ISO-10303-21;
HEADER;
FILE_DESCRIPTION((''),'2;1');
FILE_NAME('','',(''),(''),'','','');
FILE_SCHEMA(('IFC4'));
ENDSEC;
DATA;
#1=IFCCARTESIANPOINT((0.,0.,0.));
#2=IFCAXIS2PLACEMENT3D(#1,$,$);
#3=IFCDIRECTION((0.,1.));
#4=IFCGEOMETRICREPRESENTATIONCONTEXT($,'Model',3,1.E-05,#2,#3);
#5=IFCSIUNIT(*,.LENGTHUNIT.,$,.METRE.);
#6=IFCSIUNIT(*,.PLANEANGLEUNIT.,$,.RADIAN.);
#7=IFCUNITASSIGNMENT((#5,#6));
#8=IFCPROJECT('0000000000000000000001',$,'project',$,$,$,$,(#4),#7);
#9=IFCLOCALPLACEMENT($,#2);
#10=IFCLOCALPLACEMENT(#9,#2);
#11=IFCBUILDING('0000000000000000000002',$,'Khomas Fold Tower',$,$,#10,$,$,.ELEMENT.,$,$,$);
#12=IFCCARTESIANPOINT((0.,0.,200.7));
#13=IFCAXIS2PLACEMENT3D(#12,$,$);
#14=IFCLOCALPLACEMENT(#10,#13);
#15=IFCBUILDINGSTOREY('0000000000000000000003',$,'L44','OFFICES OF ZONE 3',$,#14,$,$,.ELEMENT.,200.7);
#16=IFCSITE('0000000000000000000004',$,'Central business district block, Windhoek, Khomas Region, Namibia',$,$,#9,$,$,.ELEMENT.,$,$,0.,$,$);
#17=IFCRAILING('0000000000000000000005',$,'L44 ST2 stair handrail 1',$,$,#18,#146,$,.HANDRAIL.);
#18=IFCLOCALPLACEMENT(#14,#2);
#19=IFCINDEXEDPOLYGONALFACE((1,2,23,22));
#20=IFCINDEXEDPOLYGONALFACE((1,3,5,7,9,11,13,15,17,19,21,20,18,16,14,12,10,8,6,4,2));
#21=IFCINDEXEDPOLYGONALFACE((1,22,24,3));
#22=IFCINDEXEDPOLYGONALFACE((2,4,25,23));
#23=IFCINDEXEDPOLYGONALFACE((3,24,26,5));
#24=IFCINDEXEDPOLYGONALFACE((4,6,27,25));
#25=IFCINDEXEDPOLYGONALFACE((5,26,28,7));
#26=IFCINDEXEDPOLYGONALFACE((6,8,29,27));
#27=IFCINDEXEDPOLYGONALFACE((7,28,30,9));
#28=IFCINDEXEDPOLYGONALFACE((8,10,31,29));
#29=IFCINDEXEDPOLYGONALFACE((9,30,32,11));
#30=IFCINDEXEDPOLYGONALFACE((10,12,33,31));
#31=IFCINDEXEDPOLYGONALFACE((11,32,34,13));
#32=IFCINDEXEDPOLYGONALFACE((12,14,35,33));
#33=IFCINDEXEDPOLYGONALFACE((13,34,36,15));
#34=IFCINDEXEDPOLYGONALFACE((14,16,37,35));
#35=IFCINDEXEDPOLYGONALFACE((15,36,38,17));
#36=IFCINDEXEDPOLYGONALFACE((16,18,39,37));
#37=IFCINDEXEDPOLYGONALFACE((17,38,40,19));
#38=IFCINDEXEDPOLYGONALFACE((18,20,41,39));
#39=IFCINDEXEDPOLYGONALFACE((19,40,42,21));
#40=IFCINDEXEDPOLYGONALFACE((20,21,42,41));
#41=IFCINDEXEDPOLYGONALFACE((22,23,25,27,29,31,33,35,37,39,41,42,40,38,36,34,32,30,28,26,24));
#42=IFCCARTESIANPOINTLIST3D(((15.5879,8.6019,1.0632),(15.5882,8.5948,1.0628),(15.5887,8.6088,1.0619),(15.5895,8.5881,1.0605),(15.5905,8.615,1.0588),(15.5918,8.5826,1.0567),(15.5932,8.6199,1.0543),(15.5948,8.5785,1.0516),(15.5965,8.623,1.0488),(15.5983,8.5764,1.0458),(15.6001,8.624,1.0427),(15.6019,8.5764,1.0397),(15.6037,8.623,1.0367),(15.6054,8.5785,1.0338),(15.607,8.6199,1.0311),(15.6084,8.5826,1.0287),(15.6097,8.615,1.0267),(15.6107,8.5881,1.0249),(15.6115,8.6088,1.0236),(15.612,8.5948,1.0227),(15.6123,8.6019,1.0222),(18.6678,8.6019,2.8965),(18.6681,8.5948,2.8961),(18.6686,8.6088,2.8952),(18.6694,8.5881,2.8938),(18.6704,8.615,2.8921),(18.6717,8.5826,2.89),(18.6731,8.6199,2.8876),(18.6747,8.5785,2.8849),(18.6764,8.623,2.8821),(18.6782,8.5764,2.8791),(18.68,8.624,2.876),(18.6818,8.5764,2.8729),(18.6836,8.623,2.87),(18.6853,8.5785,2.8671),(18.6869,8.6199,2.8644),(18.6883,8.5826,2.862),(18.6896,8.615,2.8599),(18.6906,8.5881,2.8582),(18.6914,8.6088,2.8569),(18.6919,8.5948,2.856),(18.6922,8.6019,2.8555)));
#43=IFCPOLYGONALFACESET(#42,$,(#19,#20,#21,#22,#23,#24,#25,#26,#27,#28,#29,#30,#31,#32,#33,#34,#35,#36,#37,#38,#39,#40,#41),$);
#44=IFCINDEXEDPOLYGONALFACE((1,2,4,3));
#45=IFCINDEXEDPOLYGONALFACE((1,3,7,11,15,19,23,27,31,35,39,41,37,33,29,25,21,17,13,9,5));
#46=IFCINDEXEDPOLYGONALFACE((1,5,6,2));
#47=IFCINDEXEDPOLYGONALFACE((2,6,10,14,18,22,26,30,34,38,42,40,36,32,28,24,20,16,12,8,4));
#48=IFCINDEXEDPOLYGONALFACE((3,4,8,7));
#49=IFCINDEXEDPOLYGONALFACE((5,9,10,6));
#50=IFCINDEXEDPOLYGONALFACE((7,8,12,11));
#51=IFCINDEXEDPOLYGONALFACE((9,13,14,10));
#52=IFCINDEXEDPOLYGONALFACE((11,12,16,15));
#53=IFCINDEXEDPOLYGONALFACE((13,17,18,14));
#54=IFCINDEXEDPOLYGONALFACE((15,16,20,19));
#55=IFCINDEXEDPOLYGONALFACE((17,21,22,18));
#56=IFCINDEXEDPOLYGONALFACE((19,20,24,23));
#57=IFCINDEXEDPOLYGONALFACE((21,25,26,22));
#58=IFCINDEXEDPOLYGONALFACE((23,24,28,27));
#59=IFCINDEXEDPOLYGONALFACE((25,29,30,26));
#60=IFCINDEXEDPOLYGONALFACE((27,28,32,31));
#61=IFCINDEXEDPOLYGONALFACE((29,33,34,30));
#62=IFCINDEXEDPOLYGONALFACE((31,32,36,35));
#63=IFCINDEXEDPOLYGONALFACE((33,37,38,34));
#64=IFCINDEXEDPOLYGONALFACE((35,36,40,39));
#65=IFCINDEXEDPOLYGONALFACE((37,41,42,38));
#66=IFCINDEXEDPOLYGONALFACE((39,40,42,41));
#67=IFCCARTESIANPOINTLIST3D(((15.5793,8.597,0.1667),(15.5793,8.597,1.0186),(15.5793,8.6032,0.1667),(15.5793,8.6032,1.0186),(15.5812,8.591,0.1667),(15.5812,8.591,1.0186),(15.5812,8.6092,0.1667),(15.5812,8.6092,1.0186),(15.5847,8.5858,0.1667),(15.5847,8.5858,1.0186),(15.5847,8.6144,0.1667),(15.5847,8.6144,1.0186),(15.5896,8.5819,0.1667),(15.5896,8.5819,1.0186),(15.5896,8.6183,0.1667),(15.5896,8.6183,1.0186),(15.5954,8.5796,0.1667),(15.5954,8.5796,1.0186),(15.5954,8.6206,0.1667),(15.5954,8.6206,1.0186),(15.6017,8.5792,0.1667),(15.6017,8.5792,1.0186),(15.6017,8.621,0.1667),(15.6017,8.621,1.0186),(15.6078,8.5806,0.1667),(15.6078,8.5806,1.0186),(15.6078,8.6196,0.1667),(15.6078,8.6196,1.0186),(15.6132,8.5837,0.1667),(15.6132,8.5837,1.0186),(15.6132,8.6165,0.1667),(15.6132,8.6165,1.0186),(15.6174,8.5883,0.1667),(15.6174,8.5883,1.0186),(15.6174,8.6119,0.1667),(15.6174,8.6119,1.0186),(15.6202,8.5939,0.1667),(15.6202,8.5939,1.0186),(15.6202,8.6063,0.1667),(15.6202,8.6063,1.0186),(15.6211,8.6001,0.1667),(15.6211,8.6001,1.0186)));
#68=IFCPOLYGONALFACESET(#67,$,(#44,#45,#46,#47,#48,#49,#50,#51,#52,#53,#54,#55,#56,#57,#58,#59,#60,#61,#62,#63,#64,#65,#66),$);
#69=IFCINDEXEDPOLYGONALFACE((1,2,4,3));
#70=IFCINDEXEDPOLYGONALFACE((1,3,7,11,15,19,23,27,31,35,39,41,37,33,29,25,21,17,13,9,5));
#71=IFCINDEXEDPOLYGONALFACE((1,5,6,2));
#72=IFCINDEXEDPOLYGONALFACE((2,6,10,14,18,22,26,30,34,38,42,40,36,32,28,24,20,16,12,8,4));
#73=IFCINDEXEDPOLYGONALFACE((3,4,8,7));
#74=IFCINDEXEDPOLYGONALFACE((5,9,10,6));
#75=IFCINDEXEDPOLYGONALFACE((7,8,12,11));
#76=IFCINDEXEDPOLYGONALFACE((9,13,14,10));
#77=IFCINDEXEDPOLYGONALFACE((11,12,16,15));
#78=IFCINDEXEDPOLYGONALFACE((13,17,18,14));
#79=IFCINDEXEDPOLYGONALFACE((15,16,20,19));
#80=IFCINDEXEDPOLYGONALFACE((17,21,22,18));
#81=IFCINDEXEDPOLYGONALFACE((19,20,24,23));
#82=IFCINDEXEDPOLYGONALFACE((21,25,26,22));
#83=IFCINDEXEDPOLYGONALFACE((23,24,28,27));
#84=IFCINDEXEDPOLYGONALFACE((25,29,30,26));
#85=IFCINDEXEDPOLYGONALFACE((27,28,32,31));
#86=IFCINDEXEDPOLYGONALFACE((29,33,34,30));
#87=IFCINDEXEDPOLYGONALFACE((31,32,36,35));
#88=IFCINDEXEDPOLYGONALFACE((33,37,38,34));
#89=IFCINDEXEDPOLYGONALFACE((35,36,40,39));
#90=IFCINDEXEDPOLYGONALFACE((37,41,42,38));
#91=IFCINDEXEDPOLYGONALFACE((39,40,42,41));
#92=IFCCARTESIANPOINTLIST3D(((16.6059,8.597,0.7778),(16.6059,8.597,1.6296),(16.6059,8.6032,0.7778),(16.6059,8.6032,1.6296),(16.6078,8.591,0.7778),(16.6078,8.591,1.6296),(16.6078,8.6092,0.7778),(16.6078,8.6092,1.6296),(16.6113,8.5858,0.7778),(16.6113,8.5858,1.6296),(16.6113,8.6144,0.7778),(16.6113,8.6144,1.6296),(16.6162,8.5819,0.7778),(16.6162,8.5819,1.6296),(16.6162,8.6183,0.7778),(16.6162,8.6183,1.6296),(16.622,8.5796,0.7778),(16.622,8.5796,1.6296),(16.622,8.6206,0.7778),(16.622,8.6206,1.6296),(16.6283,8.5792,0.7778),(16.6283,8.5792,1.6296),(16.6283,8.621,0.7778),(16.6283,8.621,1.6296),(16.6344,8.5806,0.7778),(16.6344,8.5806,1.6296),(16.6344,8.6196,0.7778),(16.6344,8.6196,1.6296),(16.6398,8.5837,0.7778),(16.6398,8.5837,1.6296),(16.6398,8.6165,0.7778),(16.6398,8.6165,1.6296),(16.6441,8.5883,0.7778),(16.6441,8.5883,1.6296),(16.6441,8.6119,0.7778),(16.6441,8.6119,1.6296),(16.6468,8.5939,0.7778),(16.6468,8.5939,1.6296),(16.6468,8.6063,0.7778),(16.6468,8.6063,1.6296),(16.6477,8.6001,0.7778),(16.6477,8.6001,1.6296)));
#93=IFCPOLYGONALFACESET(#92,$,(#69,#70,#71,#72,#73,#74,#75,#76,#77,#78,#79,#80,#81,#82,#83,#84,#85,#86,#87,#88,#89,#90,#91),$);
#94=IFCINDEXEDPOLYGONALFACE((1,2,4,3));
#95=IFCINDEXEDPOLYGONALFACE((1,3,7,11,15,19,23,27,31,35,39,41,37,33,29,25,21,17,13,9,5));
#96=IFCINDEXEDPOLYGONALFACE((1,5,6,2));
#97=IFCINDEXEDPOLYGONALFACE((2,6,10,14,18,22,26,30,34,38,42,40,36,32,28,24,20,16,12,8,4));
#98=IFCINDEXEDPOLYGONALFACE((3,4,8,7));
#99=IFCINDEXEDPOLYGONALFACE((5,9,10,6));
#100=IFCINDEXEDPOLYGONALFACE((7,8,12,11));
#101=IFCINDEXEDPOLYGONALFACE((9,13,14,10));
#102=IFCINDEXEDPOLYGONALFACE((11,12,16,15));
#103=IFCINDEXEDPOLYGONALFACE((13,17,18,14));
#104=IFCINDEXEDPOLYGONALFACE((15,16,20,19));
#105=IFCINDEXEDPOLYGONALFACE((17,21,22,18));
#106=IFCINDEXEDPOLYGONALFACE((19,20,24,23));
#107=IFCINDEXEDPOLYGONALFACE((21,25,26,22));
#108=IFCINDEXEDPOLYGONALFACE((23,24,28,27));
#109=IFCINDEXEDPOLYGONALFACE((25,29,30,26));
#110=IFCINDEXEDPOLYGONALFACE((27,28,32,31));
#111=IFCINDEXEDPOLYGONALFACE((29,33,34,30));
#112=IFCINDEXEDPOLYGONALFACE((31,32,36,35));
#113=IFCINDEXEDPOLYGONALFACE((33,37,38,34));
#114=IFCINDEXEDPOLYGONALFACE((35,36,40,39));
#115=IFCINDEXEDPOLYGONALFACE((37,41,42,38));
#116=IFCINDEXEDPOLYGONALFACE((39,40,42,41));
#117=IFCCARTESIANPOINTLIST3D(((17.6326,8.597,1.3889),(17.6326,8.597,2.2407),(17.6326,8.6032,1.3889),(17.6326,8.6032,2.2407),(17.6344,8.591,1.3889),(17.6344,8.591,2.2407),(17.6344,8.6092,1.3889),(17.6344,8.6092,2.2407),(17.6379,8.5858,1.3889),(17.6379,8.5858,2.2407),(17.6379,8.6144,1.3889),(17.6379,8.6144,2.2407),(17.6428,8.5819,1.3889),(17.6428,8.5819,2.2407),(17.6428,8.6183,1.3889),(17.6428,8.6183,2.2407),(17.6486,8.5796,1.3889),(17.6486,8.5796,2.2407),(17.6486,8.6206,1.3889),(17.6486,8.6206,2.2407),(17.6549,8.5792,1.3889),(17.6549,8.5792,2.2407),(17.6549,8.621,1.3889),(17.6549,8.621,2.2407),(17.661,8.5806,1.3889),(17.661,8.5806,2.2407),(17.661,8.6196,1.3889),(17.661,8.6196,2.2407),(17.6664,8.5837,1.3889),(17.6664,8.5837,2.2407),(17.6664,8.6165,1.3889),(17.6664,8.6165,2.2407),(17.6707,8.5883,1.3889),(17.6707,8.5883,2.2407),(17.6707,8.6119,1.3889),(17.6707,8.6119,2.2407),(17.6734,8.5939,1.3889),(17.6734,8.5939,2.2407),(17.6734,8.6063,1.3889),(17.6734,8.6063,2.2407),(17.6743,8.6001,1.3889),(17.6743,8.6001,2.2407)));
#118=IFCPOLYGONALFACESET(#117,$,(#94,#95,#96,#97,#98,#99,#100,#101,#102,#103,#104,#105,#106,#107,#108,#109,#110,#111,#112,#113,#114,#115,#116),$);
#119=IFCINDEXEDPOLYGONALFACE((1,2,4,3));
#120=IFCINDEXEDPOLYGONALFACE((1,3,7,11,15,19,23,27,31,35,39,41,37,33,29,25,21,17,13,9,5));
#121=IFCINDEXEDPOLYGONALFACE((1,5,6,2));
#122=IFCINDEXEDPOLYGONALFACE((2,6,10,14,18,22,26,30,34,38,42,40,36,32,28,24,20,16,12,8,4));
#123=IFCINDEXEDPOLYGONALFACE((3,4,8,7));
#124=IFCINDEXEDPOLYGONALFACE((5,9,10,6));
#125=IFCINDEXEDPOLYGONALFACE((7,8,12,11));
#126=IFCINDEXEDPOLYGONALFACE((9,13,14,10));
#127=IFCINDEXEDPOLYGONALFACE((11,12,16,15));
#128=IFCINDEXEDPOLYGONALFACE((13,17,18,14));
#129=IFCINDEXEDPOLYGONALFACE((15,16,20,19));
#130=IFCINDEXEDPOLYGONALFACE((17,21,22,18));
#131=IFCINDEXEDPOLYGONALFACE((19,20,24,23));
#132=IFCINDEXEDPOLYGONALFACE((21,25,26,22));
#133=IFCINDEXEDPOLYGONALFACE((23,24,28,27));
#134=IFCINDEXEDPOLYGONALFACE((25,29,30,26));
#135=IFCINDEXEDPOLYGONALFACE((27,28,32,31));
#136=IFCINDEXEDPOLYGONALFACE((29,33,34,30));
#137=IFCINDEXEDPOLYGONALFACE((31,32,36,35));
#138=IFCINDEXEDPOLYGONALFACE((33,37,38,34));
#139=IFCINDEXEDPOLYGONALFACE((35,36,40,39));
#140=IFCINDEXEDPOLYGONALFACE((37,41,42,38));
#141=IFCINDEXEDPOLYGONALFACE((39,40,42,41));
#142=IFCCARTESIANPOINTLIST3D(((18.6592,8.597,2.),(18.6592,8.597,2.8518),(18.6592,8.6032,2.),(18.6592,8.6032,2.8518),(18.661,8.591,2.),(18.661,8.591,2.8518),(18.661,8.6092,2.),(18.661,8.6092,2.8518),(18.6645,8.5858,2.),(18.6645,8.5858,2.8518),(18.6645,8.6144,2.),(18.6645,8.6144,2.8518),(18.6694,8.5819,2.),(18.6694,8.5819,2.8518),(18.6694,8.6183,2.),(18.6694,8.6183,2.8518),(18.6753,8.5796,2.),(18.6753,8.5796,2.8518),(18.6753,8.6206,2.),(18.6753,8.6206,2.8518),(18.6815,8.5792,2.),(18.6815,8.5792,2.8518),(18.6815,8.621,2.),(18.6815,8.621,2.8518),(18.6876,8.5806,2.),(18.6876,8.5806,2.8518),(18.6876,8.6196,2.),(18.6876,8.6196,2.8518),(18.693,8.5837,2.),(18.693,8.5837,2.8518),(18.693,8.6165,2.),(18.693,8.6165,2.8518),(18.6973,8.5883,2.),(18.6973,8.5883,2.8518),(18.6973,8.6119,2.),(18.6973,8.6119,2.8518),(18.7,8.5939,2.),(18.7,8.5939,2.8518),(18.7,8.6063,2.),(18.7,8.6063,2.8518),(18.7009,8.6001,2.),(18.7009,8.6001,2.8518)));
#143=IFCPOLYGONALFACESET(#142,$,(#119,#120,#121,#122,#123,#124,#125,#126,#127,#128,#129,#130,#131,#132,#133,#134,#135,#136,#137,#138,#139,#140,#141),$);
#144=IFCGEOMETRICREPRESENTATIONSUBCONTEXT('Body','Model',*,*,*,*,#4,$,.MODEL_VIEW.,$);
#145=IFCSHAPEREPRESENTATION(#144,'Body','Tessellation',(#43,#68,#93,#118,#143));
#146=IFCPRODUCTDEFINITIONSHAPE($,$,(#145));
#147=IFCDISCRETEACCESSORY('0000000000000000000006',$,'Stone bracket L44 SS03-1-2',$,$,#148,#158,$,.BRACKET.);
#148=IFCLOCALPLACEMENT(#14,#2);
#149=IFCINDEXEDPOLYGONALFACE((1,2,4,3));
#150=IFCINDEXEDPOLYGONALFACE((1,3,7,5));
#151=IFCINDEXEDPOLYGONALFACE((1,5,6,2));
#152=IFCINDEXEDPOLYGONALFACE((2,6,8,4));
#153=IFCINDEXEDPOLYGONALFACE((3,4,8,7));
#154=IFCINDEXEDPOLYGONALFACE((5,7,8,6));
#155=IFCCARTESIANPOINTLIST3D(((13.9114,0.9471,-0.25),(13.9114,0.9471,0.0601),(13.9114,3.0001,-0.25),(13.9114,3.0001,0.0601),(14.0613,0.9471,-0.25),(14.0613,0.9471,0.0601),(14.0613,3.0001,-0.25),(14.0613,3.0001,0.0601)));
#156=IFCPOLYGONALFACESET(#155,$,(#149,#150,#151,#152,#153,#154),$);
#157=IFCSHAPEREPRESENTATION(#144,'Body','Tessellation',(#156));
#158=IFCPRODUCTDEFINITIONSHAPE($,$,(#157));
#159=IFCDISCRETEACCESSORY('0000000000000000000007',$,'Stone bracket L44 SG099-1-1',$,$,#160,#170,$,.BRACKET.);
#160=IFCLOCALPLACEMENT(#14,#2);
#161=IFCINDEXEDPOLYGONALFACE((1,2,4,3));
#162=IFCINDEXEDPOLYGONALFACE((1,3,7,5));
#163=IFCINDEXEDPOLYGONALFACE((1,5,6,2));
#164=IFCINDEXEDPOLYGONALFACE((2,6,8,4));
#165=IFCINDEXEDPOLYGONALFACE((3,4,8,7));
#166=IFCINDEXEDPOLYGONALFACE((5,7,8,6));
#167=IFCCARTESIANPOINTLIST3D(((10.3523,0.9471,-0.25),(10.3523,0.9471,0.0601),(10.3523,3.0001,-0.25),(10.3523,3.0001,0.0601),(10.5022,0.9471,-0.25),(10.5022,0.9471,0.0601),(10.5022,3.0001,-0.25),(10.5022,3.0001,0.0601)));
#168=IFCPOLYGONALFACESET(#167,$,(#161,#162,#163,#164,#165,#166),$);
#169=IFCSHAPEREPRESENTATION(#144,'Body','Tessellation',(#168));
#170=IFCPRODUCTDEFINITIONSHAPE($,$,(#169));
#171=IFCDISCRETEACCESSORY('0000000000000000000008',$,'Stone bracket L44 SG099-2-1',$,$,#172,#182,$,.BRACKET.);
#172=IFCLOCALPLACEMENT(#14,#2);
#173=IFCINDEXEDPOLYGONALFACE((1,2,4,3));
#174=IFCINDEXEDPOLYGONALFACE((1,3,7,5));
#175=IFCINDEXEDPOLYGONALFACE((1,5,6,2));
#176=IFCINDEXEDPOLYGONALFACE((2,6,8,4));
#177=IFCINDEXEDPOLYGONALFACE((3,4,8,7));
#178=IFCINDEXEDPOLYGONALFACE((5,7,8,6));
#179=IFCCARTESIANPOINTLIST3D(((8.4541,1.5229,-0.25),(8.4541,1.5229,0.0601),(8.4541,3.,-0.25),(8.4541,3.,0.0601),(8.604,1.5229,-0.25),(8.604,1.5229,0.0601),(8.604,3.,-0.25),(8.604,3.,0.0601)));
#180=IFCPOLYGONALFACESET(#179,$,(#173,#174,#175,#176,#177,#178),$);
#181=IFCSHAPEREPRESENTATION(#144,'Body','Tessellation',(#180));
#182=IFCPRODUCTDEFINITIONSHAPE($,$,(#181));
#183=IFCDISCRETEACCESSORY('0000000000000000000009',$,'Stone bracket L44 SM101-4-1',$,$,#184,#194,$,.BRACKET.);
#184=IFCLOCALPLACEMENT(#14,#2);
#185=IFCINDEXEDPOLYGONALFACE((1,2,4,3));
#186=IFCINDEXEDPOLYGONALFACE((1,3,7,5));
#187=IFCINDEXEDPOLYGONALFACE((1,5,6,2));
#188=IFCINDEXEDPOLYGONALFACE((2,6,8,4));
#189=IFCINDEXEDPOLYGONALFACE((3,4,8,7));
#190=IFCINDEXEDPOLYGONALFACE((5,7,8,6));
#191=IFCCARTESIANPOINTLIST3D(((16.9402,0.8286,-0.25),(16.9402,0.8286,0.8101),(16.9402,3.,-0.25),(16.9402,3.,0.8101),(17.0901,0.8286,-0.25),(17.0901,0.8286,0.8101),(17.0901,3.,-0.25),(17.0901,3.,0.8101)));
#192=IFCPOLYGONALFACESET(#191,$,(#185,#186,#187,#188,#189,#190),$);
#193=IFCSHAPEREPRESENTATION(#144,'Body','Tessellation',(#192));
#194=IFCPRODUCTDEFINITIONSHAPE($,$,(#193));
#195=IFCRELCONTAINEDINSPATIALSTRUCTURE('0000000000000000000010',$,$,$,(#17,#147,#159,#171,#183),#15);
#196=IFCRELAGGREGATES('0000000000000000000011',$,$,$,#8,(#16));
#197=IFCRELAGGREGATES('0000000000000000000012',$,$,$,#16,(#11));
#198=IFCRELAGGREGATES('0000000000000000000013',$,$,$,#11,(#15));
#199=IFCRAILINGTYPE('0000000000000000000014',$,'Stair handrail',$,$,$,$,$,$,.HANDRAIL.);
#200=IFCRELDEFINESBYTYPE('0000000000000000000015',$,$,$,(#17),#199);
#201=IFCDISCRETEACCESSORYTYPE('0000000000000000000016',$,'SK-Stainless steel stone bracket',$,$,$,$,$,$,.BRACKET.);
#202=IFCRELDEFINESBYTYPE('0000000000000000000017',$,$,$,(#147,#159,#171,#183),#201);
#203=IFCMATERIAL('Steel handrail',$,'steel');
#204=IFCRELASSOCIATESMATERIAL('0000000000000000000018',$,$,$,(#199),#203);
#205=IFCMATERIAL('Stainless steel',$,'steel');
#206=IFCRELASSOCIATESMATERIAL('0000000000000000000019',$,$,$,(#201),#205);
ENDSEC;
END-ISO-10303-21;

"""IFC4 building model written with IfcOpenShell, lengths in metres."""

from ifc_helpers import new_model, si_unit, direction, frame, origin, origin_2d, place, context, subcontext, project, spatial, rectangle, circle, extrude, source, transform, mapped, material, type_object, element, save


model = new_model("IFC4")

# Units and contexts
model_context = context("Model", 3, precision=1e-05, world=origin(), true_north=direction((0.0, 1.0)))
body_context = subcontext(model_context, "Body", "Model", "MODEL_VIEW")
ifc_project = project(units=[si_unit("LENGTHUNIT", "METRE"), si_unit("PLANEANGLEUNIT", "RADIAN")], contexts=[model_context])

# Site, building, storey
site_placement = place(None, origin())
site = spatial("IfcSite", under=ifc_project, at=site_placement, Name="Central business district block, Windhoek, Khomas Region, Namibia", CompositionType="ELEMENT", RefElevation=0.0)
building_placement = place(site_placement, origin())
building = spatial("IfcBuilding", under=site, at=building_placement, Name="Khomas Fold Tower", CompositionType="ELEMENT")
storey_placement = place(building_placement, frame((0.0, 0.0, 200.7)))
storey = spatial("IfcBuildingStorey", under=building, at=storey_placement, Name="L44", Description="OFFICES OF ZONE 3", CompositionType="ELEMENT", Elevation=200.7)

# Railing
ifc_material_1 = material(Name="Steel handrail", Category="steel")
railing_type = type_object("IfcRailingType", Name="Stair handrail", PredefinedType="HANDRAIL", material=ifc_material_1)
shared_shape_1 = source(origin(), body_context, "Body", "SweptSolid", [
    extrude(circle(Radius=0.0239, at=origin_2d()), frame((0.0, 0.0, 0.876), z_axis=(0.859291, 0.0, 0.511487), x_axis=(0.0, 1.0, 0.0)), (0.0, 0.0, 1.0), 3.5842),
    extrude(circle(Radius=0.021, at=origin_2d()), origin(), (0.0, 0.0, 1.0), 0.8518),
    extrude(circle(Radius=0.021, at=origin_2d()), frame((1.0266, 0.0, 0.6111)), (0.0, 0.0, 1.0), 0.8518),
    extrude(circle(Radius=0.021, at=origin_2d()), frame((2.0532, 0.0, 1.2222)), (0.0, 0.0, 1.0), 0.8518),
    extrude(circle(Radius=0.021, at=origin_2d()), frame((3.0798, 0.0, 1.8333)), (0.0, 0.0, 1.0), 0.8518),
])
railing_placement = place(storey_placement, frame((15.6001, 8.6001, 0.1667)))
element("IfcRailing", 1, at=railing_placement, inside=storey, type_object=railing_type, Name="L44 ST2 stair handrail 1", PredefinedType="HANDRAIL", context=body_context, shape_type="MappedRepresentation", body=[
    mapped(shared_shape_1, transform((0.0, 0.0, 0.0))),
])

# Discrete accessories
ifc_material_2 = material(Name="Stainless steel", Category="steel")
discrete_accessory_type = type_object("IfcDiscreteAccessoryType", Name="SK-Stainless steel stone bracket", PredefinedType="BRACKET", material=ifc_material_2)
shared_shape_2 = source(origin(), body_context, "Body", "SweptSolid", [
    extrude(rectangle(XDim=2.053, YDim=0.1499, at=origin_2d()), origin(), (0.0, 0.0, 1.0), 0.3101),
])
for number, where, z_axis, x_axis, name in (
    (2, (13.9863, 1.9736, -0.25), (0.0, 0.0, 1.0), (0.0, -1.0, 0.0), "Stone bracket L44 SS03-1-2"),
    (3, (10.4272, 1.9736, -0.25), (0.0, 0.0, 1.0), (0.0, -1.0, 0.0), "Stone bracket L44 SG099-1-1"),
):
    element("IfcDiscreteAccessory", number, at=place(storey_placement, frame(where, z_axis=z_axis, x_axis=x_axis)), inside=storey, type_object=discrete_accessory_type, Name=name, PredefinedType="BRACKET", context=body_context, shape_type="MappedRepresentation", body=[
        mapped(shared_shape_2, transform((0.0, 0.0, 0.0))),
    ])
shared_shape_3 = source(origin(), body_context, "Body", "SweptSolid", [
    extrude(rectangle(XDim=1.4771, YDim=0.1499, at=origin_2d()), origin(), (0.0, 0.0, 1.0), 0.3101),
])
discrete_accessory_1_placement = place(storey_placement, frame((8.5291, 2.2615, -0.25), z_axis=(0.0, 0.0, 1.0), x_axis=(0.0, -1.0, 0.0)))
element("IfcDiscreteAccessory", 4, at=discrete_accessory_1_placement, inside=storey, type_object=discrete_accessory_type, Name="Stone bracket L44 SG099-2-1", PredefinedType="BRACKET", context=body_context, shape_type="MappedRepresentation", body=[
    mapped(shared_shape_3, transform((0.0, 0.0, 0.0))),
])
shared_shape_4 = source(origin(), body_context, "Body", "SweptSolid", [
    extrude(rectangle(XDim=2.1714, YDim=0.1499, at=origin_2d()), origin(), (0.0, 0.0, 1.0), 1.0601),
])
discrete_accessory_2_placement = place(storey_placement, frame((17.0151, 1.9143, -0.25), z_axis=(0.0, 0.0, 1.0), x_axis=(0.0, -1.0, 0.0)))
element("IfcDiscreteAccessory", 5, at=discrete_accessory_2_placement, inside=storey, type_object=discrete_accessory_type, Name="Stone bracket L44 SM101-4-1", PredefinedType="BRACKET", context=body_context, shape_type="MappedRepresentation", body=[
    mapped(shared_shape_4, transform((0.0, 0.0, 0.0))),
])

save(model, "model.ifc")
